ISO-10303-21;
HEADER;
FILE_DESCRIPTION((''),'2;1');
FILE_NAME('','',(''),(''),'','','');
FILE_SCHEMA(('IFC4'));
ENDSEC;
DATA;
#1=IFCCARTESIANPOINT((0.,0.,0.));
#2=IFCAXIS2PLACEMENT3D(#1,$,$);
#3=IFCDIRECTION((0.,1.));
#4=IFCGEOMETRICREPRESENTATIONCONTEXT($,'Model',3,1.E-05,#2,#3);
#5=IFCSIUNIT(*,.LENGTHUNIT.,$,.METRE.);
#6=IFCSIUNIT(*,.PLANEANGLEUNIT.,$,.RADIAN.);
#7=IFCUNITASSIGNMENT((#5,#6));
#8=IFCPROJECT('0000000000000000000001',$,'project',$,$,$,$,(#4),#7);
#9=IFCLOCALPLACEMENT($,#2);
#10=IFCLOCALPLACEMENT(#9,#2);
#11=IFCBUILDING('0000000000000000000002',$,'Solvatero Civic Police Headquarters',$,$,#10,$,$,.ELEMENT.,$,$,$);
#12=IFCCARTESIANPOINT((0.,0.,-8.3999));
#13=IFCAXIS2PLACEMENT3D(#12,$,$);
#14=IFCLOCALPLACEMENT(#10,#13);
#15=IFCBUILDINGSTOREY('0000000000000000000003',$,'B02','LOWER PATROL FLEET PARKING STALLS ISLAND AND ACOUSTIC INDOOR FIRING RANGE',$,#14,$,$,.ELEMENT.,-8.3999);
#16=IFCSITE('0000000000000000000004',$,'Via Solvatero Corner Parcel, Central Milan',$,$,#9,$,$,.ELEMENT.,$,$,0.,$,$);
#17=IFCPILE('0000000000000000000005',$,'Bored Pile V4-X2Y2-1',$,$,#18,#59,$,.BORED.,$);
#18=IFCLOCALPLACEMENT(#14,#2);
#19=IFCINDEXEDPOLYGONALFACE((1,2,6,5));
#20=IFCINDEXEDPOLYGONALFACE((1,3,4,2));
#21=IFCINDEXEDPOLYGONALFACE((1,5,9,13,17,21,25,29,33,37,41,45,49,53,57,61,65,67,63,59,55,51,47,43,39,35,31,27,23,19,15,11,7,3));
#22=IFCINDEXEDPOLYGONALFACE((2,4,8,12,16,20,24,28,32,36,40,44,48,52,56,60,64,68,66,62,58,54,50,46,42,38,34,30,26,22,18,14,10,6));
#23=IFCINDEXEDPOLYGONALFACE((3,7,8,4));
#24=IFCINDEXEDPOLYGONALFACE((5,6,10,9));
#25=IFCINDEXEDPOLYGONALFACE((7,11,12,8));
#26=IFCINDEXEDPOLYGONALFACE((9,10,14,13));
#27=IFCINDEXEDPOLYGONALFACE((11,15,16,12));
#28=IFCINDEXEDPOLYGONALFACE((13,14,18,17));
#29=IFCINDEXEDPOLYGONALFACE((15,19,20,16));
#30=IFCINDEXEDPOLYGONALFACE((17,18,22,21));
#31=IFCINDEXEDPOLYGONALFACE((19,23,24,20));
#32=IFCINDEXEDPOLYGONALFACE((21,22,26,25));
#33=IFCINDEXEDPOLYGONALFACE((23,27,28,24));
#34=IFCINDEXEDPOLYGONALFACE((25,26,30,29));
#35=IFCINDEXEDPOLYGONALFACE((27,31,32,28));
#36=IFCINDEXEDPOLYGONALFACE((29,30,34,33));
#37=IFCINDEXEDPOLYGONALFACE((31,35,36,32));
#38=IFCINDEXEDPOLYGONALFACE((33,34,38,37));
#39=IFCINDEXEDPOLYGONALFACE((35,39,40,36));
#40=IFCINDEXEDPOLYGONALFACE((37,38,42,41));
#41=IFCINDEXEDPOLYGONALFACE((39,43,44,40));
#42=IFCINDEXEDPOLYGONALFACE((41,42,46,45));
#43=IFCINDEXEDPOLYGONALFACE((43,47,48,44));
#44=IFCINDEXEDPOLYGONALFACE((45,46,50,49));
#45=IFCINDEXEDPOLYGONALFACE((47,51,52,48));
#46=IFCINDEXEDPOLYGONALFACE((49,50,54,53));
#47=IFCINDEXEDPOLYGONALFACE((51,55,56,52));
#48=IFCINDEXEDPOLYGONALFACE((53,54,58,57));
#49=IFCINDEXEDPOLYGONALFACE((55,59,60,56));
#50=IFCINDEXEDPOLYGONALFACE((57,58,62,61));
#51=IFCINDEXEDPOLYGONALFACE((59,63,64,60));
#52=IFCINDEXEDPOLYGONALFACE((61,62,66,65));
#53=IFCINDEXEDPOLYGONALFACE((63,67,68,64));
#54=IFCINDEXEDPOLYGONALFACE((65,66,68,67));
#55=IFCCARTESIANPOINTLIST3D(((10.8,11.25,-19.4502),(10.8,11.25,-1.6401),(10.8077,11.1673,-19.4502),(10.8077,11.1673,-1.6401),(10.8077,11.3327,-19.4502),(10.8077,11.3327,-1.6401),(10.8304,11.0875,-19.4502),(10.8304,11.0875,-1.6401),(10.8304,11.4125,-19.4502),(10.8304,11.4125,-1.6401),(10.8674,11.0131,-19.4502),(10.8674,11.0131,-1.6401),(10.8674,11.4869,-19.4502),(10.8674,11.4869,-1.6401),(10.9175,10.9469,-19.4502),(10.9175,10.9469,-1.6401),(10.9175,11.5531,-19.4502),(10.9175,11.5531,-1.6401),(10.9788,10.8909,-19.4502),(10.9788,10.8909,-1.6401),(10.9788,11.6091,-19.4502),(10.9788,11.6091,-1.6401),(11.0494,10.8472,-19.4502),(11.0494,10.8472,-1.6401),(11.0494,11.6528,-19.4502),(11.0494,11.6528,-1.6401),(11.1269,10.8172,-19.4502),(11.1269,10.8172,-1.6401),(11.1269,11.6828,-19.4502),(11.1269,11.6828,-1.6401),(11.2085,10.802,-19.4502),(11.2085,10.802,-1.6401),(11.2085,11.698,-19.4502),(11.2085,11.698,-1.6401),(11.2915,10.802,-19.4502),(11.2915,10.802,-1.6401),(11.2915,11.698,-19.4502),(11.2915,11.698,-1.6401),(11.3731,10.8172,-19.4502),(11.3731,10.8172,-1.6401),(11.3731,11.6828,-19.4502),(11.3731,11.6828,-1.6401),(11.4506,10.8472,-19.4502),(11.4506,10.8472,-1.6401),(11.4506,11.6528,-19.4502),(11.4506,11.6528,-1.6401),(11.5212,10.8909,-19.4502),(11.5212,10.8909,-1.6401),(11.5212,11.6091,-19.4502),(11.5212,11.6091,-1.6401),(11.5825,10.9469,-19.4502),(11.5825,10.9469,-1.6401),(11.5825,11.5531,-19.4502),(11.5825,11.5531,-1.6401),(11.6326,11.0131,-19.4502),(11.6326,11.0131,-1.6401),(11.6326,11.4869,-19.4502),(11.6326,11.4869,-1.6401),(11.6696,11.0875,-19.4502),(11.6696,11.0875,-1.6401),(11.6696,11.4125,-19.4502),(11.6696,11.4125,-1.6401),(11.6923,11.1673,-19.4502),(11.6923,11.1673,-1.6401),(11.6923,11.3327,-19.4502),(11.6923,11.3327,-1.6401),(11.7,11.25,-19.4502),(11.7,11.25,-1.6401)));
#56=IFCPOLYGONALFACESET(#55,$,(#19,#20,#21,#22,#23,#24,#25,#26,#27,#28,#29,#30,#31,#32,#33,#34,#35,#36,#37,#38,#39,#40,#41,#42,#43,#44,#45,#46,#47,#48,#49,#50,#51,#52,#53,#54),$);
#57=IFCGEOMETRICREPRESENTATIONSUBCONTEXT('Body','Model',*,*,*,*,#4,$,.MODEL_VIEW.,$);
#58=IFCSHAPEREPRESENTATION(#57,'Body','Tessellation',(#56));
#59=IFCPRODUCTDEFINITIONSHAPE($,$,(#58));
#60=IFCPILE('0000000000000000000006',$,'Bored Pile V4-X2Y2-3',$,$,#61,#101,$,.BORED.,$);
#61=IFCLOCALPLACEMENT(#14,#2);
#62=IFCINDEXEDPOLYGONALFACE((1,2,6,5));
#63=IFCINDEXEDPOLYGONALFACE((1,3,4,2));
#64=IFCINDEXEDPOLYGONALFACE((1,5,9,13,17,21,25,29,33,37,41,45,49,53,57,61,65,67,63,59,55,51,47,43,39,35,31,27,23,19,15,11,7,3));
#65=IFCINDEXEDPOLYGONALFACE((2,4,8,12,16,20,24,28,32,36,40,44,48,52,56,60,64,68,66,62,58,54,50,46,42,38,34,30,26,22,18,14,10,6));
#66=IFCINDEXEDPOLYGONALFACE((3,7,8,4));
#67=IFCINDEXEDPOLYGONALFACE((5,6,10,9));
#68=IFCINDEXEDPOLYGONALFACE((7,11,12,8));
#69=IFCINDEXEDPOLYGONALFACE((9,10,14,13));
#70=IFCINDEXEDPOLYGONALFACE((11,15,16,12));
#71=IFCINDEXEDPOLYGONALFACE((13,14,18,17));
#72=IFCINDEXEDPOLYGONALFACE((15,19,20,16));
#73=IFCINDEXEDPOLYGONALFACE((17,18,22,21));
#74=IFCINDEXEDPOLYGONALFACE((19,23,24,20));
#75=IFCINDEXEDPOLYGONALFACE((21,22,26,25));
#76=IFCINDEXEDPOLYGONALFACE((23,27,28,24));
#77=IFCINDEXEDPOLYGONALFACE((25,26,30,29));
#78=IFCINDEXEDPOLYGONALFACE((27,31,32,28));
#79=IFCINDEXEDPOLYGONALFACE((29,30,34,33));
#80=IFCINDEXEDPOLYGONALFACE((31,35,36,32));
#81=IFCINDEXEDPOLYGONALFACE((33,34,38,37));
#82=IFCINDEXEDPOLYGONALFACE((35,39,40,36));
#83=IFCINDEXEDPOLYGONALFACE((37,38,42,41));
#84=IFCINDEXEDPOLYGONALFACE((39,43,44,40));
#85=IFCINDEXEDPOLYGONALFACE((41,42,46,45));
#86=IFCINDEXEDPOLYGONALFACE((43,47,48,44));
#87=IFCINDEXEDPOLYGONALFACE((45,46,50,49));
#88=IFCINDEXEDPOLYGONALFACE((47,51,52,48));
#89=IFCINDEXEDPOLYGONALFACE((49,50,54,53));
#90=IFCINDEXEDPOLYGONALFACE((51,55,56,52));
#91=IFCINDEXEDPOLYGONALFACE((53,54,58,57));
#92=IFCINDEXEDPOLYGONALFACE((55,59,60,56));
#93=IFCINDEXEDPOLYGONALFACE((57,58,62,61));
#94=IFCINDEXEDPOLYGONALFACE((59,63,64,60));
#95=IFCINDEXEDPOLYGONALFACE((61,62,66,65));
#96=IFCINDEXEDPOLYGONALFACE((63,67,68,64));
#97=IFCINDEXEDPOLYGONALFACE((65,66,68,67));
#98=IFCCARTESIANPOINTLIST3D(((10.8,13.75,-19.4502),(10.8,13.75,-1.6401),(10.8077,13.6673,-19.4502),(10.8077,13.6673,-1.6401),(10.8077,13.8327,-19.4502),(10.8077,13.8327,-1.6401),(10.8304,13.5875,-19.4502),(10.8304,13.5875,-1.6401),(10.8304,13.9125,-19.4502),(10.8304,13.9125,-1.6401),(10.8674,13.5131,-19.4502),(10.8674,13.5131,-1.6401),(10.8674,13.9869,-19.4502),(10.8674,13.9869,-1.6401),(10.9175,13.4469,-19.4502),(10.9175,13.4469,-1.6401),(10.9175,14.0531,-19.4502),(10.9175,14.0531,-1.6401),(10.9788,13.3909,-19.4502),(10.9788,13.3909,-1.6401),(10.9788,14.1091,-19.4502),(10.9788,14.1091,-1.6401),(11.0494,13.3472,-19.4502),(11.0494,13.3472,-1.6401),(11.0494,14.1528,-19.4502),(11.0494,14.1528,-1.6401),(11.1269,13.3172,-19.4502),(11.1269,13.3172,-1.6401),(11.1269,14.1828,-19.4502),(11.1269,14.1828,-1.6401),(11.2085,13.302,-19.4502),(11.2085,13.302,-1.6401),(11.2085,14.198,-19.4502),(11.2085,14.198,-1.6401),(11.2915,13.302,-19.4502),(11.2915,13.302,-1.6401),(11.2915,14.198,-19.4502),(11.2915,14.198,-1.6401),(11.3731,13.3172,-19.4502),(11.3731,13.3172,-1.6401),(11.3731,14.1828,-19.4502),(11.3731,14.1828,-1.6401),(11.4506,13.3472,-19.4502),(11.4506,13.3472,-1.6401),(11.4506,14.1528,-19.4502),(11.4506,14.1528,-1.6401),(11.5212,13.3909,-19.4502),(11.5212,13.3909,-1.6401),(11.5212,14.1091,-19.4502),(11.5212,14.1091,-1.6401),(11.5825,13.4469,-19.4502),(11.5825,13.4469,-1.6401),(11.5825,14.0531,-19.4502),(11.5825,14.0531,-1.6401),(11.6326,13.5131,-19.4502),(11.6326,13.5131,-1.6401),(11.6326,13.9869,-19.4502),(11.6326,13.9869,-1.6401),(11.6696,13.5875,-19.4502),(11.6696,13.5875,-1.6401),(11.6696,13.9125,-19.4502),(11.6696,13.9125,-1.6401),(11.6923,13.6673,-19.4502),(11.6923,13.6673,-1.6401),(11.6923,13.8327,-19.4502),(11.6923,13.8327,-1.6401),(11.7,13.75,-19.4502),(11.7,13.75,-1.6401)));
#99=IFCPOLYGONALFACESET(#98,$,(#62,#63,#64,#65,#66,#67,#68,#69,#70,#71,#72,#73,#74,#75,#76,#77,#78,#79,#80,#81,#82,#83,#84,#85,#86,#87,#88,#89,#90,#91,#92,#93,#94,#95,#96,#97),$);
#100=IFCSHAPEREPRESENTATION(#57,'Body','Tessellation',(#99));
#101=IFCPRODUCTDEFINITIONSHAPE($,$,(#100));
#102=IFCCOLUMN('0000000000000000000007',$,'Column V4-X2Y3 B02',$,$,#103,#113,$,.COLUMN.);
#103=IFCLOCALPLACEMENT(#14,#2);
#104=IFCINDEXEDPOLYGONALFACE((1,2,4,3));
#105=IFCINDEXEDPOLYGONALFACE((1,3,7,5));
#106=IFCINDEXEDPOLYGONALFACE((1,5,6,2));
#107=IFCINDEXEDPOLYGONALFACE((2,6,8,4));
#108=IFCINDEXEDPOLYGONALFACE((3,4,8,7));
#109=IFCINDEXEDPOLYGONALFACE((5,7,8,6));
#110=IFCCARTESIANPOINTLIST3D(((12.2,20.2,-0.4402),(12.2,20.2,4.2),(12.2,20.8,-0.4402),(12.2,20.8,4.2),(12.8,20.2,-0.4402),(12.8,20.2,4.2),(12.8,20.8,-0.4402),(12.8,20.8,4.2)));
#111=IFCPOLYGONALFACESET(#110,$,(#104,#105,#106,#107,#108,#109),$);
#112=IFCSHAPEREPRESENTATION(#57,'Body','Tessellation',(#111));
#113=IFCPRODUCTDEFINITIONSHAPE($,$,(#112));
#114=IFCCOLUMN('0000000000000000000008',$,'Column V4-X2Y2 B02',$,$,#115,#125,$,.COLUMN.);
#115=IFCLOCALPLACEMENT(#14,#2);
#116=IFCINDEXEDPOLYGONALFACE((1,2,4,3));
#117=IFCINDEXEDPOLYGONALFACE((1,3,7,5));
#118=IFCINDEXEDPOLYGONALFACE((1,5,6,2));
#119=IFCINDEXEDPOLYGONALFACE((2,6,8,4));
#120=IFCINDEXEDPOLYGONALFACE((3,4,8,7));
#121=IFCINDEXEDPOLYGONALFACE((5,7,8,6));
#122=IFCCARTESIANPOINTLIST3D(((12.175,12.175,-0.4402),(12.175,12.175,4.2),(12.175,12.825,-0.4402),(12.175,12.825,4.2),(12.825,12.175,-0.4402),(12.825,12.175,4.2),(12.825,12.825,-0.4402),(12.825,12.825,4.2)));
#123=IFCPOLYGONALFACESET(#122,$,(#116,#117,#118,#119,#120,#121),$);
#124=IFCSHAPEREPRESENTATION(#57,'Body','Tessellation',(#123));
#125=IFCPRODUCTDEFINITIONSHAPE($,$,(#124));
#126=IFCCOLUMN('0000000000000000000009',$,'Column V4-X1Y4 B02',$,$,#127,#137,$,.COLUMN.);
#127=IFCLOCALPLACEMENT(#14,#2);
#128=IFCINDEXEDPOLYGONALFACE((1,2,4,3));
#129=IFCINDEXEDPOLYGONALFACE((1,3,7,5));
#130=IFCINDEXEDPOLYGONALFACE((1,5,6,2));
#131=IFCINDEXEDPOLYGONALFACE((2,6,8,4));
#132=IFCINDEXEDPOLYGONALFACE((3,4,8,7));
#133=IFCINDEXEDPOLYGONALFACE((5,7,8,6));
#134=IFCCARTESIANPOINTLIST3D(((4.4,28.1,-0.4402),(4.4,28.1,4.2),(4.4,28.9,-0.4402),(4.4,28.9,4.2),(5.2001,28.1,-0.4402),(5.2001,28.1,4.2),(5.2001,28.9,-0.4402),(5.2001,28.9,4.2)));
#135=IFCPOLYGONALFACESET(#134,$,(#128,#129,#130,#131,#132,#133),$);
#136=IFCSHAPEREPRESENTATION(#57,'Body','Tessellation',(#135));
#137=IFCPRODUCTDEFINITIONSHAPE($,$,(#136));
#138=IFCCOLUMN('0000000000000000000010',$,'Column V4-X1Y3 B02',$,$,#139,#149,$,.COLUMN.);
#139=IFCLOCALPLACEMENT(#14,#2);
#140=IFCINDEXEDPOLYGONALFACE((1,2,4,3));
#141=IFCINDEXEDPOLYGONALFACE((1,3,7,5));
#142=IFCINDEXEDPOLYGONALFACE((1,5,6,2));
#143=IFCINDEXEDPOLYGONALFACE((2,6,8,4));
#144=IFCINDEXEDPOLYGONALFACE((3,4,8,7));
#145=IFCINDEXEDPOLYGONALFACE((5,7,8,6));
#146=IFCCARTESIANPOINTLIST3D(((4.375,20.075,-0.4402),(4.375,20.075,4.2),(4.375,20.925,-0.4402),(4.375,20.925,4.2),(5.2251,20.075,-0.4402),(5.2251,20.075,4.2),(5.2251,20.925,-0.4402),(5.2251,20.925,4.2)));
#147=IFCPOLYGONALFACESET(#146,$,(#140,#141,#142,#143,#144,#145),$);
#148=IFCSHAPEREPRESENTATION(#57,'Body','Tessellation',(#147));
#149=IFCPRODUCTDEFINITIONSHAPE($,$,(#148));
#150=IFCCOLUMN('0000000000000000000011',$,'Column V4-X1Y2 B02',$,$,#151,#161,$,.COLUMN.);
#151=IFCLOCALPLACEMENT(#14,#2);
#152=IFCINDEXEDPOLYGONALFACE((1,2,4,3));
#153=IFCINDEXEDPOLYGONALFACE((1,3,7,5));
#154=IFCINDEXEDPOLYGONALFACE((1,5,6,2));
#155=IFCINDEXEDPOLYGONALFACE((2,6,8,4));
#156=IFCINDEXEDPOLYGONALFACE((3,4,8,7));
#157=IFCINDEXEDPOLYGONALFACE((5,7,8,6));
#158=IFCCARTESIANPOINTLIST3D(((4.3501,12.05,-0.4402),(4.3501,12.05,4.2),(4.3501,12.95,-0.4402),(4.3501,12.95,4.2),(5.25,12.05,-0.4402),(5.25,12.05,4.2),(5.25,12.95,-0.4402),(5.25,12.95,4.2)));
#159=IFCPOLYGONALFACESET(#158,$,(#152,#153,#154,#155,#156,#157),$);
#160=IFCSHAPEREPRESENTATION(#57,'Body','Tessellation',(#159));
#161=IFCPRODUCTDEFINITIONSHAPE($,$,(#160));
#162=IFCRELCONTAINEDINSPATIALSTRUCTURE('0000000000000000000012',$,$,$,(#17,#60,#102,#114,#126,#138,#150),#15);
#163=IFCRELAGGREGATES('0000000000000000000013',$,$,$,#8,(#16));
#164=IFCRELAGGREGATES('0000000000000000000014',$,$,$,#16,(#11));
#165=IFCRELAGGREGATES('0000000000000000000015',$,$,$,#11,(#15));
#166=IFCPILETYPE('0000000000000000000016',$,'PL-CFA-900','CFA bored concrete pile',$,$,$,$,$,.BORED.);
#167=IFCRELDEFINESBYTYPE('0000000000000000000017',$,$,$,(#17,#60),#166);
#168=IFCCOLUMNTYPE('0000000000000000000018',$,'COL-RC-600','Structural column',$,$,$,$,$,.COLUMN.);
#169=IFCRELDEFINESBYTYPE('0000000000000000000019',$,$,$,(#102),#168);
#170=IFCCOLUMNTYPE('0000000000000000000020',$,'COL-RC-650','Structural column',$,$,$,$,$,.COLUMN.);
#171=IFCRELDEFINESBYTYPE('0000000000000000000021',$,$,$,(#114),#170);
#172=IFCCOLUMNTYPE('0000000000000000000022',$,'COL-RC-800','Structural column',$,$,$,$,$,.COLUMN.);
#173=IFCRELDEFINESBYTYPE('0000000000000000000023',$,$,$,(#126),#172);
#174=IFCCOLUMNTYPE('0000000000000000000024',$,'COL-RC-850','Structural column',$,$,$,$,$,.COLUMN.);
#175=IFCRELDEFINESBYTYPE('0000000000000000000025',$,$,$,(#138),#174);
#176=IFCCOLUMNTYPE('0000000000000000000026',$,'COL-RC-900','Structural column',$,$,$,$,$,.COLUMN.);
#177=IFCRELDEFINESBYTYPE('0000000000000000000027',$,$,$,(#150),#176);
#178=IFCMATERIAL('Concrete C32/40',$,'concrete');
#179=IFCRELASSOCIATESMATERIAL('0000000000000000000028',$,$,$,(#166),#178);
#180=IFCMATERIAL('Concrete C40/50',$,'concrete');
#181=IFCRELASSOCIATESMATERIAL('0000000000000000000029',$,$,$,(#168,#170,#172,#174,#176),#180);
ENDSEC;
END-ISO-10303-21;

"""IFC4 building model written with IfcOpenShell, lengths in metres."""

from ifc_helpers import new_model, si_unit, direction, frame, origin, origin_2d, place, context, subcontext, project, spatial, rectangle, circle, extrude, material, material_profile, profile_set, type_object, element, save


model = new_model("IFC4")

# Units and contexts
model_context = context("Model", 3, precision=1e-05, world=origin(), true_north=direction((0.0, 1.0)))
body_context = subcontext(model_context, "Body", "Model", "MODEL_VIEW")
ifc_project = project(units=[si_unit("LENGTHUNIT", "METRE"), si_unit("PLANEANGLEUNIT", "RADIAN")], contexts=[model_context])

# Site, building, storey
site_placement = place(None, origin())
site = spatial("IfcSite", under=ifc_project, at=site_placement, Name="Via Solvatero Corner Parcel, Central Milan", CompositionType="ELEMENT", RefElevation=0.0)
building_placement = place(site_placement, origin())
building = spatial("IfcBuilding", under=site, at=building_placement, Name="Solvatero Civic Police Headquarters", CompositionType="ELEMENT")
storey_placement = place(building_placement, frame((0.0, 0.0, -8.3999)))
storey = spatial("IfcBuildingStorey", under=building, at=storey_placement, Name="B02", Description="LOWER PATROL FLEET PARKING STALLS ISLAND AND ACOUSTIC INDOOR FIRING RANGE", CompositionType="ELEMENT", Elevation=-8.3999)

# Piles
ifc_material_1 = material(Name="Concrete C32/40", Category="concrete")
ifc_material_profile_1 = material_profile(ifc_material_1, circle(Radius=0.45, at=origin_2d()), Name="CFA PILE D900")
ifc_profile_set_1 = profile_set([ifc_material_profile_1], Name="Concrete C32/40")
pile_type_1 = type_object("IfcPileType", Name="PL-CFA-900", Description="CFA bored concrete pile", PredefinedType="BORED", material=ifc_profile_set_1)
for number, where, z_axis, x_axis, name in (
    (1, (11.25, 11.25, -1.6401), (0.0, 0.0, -1.0), (1.0, 0.0, 0.0), "Bored Pile V4-X2Y2-1"),
    (2, (11.25, 13.75, -1.6401), (0.0, 0.0, -1.0), (1.0, 0.0, 0.0), "Bored Pile V4-X2Y2-3"),
):
    element("IfcPile", number, at=place(storey_placement, frame(where, z_axis=z_axis, x_axis=x_axis)), inside=storey, type_object=pile_type_1, Name=name, PredefinedType="BORED", context=body_context, shape_type="SweptSolid", body=[
        extrude(circle(Radius=0.45, at=origin_2d()), origin(), (0.0, 0.0, 1.0), 17.8101),
    ])

# Columns
ifc_material_2 = material(Name="Concrete C40/50", Category="concrete")
ifc_material_profile_2 = material_profile(ifc_material_2, rectangle(XDim=0.6001, YDim=0.6001, at=origin_2d()), Name="RC 600x600")
ifc_profile_set_2 = profile_set([ifc_material_profile_2], Name="Concrete C40/50")
column_type_1 = type_object("IfcColumnType", Name="COL-RC-600", Description="Structural column", PredefinedType="COLUMN", material=ifc_profile_set_2)
column_1_placement = place(storey_placement, frame((12.5, 20.5, -0.4402), z_axis=(0.0, 0.0, 1.0), x_axis=(1.0, 0.0, 0.0)))
element("IfcColumn", 3, at=column_1_placement, inside=storey, type_object=column_type_1, Name="Column V4-X2Y3 B02", PredefinedType="COLUMN", context=body_context, shape_type="SweptSolid", body=[
    extrude(rectangle(XDim=0.6001, YDim=0.6001, at=origin_2d()), origin(), (0.0, 0.0, 1.0), 4.6401),
])
ifc_material_profile_3 = material_profile(ifc_material_2, rectangle(XDim=0.6499, YDim=0.6499, at=origin_2d()), Name="RC 650x650")
ifc_profile_set_3 = profile_set([ifc_material_profile_3], Name="Concrete C40/50")
column_type_2 = type_object("IfcColumnType", Name="COL-RC-650", Description="Structural column", PredefinedType="COLUMN", material=ifc_profile_set_3)
column_2_placement = place(storey_placement, frame((12.5, 12.5, -0.4402), z_axis=(0.0, 0.0, 1.0), x_axis=(1.0, 0.0, 0.0)))
element("IfcColumn", 4, at=column_2_placement, inside=storey, type_object=column_type_2, Name="Column V4-X2Y2 B02", PredefinedType="COLUMN", context=body_context, shape_type="SweptSolid", body=[
    extrude(rectangle(XDim=0.6499, YDim=0.6499, at=origin_2d()), origin(), (0.0, 0.0, 1.0), 4.6401),
])
ifc_material_profile_4 = material_profile(ifc_material_2, rectangle(XDim=0.8, YDim=0.8, at=origin_2d()), Name="RC 800x800")
ifc_profile_set_4 = profile_set([ifc_material_profile_4], Name="Concrete C40/50")
column_type_3 = type_object("IfcColumnType", Name="COL-RC-800", Description="Structural column", PredefinedType="COLUMN", material=ifc_profile_set_4)
column_3_placement = place(storey_placement, frame((4.8, 28.5, -0.4402), z_axis=(0.0, 0.0, 1.0), x_axis=(1.0, 0.0, 0.0)))
element("IfcColumn", 5, at=column_3_placement, inside=storey, type_object=column_type_3, Name="Column V4-X1Y4 B02", PredefinedType="COLUMN", context=body_context, shape_type="SweptSolid", body=[
    extrude(rectangle(XDim=0.8, YDim=0.8, at=origin_2d()), origin(), (0.0, 0.0, 1.0), 4.6401),
])
ifc_material_profile_5 = material_profile(ifc_material_2, rectangle(XDim=0.8501, YDim=0.8501, at=origin_2d()), Name="RC 850x850")
ifc_profile_set_5 = profile_set([ifc_material_profile_5], Name="Concrete C40/50")
column_type_4 = type_object("IfcColumnType", Name="COL-RC-850", Description="Structural column", PredefinedType="COLUMN", material=ifc_profile_set_5)
column_4_placement = place(storey_placement, frame((4.8, 20.5, -0.4402), z_axis=(0.0, 0.0, 1.0), x_axis=(1.0, 0.0, 0.0)))
element("IfcColumn", 6, at=column_4_placement, inside=storey, type_object=column_type_4, Name="Column V4-X1Y3 B02", PredefinedType="COLUMN", context=body_context, shape_type="SweptSolid", body=[
    extrude(rectangle(XDim=0.8501, YDim=0.8501, at=origin_2d()), origin(), (0.0, 0.0, 1.0), 4.6401),
])
ifc_material_profile_6 = material_profile(ifc_material_2, rectangle(XDim=0.8999, YDim=0.8999, at=origin_2d()), Name="RC 900x900")
ifc_profile_set_6 = profile_set([ifc_material_profile_6], Name="Concrete C40/50")
column_type_5 = type_object("IfcColumnType", Name="COL-RC-900", Description="Structural column", PredefinedType="COLUMN", material=ifc_profile_set_6)
column_5_placement = place(storey_placement, frame((4.8, 12.5, -0.4402), z_axis=(0.0, 0.0, 1.0), x_axis=(1.0, 0.0, 0.0)))
element("IfcColumn", 7, at=column_5_placement, inside=storey, type_object=column_type_5, Name="Column V4-X1Y2 B02", PredefinedType="COLUMN", context=body_context, shape_type="SweptSolid", body=[
    extrude(rectangle(XDim=0.8999, YDim=0.8999, at=origin_2d()), origin(), (0.0, 0.0, 1.0), 4.6401),
])

save(model, "model.ifc")
